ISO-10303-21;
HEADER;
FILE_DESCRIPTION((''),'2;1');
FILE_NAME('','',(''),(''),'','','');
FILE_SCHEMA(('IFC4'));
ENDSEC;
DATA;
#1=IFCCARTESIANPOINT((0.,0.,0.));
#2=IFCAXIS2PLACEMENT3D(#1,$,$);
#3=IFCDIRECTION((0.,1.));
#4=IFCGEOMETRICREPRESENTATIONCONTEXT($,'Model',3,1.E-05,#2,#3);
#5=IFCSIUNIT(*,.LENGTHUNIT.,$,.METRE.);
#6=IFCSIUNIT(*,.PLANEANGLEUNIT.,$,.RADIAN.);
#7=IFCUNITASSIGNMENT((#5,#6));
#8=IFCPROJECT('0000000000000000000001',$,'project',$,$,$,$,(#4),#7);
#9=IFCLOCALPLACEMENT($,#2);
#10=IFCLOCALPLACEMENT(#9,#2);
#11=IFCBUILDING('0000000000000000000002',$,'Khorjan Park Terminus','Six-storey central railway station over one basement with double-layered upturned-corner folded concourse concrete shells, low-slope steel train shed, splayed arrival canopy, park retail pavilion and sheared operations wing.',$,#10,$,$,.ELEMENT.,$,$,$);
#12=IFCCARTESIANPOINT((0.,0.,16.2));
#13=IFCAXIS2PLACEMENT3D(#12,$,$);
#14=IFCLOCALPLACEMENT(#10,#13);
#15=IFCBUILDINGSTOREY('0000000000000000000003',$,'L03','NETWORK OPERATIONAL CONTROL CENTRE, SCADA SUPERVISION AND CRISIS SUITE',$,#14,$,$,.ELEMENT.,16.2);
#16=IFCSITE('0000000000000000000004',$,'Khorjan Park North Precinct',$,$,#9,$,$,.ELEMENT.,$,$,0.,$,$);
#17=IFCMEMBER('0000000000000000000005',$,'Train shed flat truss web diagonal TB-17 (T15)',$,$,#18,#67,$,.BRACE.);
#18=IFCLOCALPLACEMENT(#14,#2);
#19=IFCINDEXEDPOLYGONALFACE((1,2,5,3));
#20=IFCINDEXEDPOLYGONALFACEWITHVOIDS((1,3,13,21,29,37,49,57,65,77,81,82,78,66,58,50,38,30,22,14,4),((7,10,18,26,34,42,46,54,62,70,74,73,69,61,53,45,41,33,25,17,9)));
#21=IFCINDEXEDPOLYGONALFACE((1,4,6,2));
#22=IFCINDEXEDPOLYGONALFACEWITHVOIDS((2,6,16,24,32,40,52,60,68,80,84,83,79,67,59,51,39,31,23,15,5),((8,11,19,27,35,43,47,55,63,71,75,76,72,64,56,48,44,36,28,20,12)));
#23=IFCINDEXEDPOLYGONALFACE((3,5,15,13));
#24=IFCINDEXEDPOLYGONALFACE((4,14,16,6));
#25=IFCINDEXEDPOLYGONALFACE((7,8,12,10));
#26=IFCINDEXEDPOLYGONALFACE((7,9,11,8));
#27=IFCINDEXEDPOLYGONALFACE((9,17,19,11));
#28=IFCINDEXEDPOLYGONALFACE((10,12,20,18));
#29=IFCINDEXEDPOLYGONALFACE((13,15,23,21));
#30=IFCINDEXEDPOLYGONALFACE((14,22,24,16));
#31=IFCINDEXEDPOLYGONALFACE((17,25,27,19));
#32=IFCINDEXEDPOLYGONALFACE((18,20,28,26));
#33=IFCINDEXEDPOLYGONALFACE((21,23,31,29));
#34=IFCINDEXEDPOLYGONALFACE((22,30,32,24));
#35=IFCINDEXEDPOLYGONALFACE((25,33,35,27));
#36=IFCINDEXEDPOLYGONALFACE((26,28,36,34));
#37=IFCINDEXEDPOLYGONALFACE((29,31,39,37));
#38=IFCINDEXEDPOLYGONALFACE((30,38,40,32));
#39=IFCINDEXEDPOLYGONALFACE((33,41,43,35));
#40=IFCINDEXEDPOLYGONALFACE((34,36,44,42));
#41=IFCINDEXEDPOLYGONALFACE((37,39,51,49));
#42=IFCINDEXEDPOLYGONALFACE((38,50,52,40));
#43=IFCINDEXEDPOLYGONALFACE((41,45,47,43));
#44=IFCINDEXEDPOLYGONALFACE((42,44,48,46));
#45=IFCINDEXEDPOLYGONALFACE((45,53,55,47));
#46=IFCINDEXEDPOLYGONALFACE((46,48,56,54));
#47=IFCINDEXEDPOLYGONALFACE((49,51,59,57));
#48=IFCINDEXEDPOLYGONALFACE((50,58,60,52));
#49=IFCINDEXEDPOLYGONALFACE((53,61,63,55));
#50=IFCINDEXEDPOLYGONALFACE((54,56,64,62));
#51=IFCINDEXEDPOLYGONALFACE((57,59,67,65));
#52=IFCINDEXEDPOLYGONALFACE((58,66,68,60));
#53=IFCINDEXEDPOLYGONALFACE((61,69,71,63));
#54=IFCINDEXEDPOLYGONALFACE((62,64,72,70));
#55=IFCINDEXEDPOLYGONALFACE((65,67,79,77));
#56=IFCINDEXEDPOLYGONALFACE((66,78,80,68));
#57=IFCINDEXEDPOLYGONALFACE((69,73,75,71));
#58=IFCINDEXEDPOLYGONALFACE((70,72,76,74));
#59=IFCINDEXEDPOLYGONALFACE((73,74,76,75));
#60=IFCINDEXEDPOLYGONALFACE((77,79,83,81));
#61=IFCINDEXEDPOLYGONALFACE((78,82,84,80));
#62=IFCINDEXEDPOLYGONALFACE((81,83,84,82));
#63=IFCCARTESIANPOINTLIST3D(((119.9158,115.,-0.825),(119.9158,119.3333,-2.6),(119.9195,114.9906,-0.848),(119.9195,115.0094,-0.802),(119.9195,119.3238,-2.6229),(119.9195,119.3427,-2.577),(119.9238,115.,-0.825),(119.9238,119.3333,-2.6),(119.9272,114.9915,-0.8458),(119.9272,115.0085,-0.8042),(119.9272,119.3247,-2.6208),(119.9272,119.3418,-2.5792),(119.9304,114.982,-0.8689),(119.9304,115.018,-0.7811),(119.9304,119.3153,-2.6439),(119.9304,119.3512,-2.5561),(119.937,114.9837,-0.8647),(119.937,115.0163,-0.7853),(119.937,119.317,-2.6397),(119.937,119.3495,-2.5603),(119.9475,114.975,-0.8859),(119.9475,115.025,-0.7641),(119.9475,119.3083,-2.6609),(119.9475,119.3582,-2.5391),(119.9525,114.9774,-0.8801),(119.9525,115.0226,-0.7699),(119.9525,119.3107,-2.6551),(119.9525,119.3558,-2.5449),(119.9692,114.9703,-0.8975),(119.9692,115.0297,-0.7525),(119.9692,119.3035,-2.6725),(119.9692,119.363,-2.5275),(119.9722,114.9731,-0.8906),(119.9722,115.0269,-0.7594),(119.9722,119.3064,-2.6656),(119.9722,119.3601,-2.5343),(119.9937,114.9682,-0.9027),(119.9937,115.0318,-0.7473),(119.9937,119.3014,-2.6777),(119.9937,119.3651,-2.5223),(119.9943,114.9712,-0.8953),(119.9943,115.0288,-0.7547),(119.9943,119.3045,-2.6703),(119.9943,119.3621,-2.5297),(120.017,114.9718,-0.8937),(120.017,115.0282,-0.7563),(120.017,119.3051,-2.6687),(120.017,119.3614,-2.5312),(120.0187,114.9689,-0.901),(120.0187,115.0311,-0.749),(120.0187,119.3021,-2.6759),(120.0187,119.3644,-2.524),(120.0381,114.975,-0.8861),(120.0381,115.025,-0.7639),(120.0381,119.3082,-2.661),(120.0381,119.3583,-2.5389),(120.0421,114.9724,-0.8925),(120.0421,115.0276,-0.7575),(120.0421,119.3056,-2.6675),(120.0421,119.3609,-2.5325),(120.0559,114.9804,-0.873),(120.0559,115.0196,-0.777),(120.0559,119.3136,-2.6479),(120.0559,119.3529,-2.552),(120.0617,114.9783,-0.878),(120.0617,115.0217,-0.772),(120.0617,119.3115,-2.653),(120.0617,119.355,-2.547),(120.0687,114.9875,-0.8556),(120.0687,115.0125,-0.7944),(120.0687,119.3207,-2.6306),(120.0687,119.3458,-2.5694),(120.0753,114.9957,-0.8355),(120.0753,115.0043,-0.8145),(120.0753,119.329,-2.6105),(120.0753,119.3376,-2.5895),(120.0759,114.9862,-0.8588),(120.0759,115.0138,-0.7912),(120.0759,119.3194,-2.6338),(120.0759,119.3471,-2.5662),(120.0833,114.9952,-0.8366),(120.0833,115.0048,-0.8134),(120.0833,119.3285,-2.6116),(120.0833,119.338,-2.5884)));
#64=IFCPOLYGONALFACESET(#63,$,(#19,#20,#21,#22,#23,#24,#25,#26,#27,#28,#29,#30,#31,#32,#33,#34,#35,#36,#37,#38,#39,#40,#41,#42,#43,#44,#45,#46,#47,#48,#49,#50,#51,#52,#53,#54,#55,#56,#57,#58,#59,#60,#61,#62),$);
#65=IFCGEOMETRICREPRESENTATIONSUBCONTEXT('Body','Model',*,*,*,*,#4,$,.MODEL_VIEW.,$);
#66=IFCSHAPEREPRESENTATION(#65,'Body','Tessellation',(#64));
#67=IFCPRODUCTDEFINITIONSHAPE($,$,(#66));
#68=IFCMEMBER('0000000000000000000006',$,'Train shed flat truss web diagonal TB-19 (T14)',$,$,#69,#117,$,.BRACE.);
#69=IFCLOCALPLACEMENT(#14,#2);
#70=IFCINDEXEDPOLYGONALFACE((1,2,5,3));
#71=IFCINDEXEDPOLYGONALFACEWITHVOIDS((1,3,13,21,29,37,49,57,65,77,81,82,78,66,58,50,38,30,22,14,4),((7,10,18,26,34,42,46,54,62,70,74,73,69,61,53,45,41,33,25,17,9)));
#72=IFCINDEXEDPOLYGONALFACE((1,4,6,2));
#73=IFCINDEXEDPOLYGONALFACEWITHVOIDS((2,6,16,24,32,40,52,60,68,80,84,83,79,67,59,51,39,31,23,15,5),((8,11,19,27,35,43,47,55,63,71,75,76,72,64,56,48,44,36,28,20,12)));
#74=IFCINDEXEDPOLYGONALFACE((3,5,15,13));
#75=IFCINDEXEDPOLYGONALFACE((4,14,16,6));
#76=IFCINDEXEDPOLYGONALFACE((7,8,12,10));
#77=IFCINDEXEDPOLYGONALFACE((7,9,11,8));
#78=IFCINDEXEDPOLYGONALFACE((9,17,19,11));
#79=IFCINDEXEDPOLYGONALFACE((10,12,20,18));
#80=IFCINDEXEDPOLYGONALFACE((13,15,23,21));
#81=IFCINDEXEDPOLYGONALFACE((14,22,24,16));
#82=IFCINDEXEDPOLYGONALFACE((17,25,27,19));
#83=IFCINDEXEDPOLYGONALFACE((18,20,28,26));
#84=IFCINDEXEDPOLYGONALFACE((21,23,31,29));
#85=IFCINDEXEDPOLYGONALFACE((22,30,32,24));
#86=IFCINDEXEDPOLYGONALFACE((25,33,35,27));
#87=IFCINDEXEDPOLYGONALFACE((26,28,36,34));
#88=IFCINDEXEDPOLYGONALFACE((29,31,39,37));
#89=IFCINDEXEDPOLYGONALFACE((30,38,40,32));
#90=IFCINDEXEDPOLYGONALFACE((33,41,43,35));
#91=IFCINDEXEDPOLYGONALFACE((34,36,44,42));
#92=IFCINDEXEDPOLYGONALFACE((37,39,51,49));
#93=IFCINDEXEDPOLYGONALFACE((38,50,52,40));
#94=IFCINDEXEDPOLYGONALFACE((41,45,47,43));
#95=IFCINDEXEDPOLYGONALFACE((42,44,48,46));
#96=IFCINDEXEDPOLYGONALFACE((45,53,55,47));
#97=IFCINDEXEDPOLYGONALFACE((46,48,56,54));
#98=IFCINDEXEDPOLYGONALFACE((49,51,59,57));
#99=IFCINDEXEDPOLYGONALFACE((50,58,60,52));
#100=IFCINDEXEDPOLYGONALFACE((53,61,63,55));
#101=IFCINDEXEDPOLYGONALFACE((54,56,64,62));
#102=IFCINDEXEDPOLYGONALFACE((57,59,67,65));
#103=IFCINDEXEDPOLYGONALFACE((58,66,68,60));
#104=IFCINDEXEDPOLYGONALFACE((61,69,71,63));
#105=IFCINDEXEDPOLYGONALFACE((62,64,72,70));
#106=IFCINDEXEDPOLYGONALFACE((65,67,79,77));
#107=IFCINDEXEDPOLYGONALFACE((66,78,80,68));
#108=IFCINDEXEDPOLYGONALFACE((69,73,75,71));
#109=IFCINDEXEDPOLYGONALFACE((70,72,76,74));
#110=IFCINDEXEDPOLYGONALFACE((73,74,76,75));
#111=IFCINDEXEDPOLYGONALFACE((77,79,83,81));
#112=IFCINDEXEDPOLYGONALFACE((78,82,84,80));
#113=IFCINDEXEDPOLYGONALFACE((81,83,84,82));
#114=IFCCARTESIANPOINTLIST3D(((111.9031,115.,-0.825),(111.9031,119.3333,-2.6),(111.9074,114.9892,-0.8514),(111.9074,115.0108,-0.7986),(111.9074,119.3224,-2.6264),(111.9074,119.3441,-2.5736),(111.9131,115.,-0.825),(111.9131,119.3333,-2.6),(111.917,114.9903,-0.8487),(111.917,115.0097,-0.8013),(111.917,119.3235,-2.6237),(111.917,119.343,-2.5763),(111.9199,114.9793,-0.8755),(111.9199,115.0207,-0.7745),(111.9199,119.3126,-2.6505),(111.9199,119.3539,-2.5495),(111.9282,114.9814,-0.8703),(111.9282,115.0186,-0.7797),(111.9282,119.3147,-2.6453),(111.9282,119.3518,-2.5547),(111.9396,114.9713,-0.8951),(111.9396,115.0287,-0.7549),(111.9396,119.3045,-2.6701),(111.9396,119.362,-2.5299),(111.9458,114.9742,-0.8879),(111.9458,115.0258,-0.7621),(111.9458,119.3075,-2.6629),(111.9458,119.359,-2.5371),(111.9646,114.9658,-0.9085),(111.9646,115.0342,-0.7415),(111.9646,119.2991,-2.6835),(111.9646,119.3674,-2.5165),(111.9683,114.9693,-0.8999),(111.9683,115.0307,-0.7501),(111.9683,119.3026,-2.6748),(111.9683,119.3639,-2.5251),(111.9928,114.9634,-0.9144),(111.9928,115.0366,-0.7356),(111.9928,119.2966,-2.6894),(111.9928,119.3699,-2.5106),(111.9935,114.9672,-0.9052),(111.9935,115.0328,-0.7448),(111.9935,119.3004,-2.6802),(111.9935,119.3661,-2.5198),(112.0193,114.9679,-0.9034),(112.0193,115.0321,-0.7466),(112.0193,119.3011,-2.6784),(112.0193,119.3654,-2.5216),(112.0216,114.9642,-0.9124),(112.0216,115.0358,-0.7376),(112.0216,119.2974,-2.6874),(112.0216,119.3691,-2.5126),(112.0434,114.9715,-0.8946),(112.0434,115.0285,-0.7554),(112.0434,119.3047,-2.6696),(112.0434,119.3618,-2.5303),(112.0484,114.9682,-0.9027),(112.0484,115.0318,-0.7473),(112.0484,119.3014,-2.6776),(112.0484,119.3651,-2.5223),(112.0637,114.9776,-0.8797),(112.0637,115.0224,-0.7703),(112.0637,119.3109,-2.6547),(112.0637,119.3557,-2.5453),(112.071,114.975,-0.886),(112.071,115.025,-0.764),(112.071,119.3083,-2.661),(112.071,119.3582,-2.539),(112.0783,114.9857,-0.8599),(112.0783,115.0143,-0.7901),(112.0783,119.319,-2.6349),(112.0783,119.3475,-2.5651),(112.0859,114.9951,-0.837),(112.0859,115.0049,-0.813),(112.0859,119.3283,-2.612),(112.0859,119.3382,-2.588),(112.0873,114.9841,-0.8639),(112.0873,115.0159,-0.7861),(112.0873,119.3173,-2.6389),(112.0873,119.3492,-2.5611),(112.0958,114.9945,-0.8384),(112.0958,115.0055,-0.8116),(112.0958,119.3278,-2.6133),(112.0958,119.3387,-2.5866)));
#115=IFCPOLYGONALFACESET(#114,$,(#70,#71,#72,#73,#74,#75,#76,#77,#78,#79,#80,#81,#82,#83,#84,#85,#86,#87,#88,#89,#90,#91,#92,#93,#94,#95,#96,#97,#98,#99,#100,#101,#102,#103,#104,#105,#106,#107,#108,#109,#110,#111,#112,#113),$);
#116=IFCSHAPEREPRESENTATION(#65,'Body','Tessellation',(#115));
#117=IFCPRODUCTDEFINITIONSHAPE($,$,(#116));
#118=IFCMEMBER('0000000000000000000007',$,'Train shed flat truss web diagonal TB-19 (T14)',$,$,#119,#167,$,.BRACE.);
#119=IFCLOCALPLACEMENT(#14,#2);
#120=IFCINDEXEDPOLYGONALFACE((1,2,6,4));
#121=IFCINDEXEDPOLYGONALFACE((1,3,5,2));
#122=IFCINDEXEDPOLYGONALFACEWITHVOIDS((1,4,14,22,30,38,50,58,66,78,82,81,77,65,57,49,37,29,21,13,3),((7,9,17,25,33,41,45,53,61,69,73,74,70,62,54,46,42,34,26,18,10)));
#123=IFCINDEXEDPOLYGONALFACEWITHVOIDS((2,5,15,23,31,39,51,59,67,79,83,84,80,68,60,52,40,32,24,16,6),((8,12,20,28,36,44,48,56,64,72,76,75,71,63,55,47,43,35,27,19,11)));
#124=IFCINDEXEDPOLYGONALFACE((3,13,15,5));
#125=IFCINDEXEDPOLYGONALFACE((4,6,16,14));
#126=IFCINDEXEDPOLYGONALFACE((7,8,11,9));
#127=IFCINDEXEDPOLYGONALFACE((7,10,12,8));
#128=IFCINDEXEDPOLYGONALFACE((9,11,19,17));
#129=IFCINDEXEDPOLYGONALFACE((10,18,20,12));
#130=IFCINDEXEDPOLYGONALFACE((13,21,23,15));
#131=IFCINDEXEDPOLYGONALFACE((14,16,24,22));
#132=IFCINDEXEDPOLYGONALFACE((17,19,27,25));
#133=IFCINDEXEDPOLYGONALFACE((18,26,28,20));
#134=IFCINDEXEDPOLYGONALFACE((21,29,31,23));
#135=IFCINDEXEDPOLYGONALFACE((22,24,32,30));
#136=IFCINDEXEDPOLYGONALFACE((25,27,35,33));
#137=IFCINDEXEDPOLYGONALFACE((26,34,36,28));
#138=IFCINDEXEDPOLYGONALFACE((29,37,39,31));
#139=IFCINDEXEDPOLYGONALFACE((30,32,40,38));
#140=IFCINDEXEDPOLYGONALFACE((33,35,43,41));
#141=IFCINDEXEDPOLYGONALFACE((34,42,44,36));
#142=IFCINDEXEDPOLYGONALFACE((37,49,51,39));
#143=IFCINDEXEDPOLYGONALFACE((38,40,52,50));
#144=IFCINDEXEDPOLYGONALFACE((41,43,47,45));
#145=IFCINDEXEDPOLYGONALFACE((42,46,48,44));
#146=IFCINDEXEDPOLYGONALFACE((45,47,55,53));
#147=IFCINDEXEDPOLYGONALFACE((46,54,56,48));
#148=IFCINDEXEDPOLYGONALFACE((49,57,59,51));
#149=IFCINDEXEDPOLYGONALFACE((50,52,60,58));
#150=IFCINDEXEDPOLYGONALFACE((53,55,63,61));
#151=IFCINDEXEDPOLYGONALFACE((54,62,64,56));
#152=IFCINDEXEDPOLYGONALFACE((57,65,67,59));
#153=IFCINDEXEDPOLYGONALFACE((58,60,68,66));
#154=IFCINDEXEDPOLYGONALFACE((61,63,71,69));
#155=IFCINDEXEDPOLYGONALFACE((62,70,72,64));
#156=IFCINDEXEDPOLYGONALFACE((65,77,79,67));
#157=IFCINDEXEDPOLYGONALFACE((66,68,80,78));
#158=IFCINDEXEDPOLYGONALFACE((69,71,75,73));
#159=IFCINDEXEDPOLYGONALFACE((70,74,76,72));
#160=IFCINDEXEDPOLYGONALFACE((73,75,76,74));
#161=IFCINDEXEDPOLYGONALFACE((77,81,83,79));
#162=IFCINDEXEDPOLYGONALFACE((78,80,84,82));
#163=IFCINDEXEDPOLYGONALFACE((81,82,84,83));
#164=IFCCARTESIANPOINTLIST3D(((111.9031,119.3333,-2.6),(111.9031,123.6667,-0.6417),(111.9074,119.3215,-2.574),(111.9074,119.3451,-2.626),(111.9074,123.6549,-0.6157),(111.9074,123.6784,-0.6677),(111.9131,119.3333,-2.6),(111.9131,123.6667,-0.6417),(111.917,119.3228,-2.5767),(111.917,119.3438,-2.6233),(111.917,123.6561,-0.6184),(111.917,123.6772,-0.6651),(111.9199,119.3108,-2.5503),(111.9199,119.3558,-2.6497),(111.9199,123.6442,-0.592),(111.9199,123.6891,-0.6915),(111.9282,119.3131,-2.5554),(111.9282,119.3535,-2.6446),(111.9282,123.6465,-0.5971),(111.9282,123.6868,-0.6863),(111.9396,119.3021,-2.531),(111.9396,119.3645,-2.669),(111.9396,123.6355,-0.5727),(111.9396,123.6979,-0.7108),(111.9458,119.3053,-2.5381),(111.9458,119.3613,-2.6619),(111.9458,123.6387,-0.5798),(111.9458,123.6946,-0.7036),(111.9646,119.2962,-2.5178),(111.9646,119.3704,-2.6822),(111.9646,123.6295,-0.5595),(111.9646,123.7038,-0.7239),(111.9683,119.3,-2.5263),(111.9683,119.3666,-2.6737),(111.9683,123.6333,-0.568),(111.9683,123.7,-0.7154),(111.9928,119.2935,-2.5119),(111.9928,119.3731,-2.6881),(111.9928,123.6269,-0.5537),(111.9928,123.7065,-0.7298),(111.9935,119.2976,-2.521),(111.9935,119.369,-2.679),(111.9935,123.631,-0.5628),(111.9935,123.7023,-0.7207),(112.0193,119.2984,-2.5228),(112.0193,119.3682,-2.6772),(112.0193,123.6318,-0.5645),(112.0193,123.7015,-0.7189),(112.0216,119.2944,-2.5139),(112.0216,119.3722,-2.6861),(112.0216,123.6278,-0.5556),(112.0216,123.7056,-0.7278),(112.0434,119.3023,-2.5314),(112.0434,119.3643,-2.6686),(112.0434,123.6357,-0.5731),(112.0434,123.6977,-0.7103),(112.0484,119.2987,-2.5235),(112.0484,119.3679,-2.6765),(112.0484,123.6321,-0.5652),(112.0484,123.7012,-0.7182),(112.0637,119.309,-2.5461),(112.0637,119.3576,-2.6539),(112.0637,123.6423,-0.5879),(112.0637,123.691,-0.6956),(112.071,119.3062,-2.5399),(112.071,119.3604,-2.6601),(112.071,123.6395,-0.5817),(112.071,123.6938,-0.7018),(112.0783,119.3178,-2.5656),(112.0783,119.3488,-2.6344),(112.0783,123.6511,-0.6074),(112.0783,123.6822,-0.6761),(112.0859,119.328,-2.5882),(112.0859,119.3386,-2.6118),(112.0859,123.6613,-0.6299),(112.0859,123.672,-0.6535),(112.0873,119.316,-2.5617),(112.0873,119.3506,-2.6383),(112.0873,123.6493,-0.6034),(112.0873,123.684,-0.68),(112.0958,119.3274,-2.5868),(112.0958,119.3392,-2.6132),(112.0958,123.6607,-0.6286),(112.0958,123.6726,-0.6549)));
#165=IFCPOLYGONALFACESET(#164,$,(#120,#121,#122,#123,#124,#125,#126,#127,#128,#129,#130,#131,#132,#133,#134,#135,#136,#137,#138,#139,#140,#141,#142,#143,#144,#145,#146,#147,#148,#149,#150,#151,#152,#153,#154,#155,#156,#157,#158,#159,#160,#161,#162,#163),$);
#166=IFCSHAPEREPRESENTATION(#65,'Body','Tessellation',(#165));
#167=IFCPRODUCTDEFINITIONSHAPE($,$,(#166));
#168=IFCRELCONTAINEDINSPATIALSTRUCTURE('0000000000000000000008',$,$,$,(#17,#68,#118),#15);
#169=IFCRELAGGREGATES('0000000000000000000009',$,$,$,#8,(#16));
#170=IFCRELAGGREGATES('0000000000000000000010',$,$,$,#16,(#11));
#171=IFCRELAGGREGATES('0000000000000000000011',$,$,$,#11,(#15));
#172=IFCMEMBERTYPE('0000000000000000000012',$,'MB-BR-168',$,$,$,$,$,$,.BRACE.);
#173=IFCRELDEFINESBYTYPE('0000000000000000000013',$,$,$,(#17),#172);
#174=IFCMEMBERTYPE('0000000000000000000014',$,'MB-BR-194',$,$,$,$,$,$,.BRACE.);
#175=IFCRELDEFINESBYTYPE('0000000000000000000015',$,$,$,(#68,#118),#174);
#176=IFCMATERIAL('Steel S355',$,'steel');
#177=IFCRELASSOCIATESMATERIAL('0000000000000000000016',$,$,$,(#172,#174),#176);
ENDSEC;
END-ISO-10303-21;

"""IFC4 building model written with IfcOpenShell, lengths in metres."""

from ifc_helpers import new_model, si_unit, direction, frame, origin, origin_2d, place, context, subcontext, project, spatial, hollow_circle, extrude, material, material_profile, profile_set, type_object, element, save


model = new_model("IFC4")

# Units and contexts
model_context = context("Model", 3, precision=1e-05, world=origin(), true_north=direction((0.0, 1.0)))
body_context = subcontext(model_context, "Body", "Model", "MODEL_VIEW")
ifc_project = project(units=[si_unit("LENGTHUNIT", "METRE"), si_unit("PLANEANGLEUNIT", "RADIAN")], contexts=[model_context])

# Site, building, storey
site_placement = place(None, origin())
site = spatial("IfcSite", under=ifc_project, at=site_placement, Name="Khorjan Park North Precinct", CompositionType="ELEMENT", RefElevation=0.0)
building_placement = place(site_placement, origin())
building = spatial("IfcBuilding", under=site, at=building_placement, Name="Khorjan Park Terminus", Description="Six-storey central railway station over one basement with double-layered upturned-corner folded concourse concrete shells, low-slope steel train shed, splayed arrival canopy, park retail pavilion and sheared operations wing.", CompositionType="ELEMENT")
storey_placement = place(building_placement, frame((0.0, 0.0, 16.2)))
storey = spatial("IfcBuildingStorey", under=building, at=storey_placement, Name="L03", Description="NETWORK OPERATIONAL CONTROL CENTRE, SCADA SUPERVISION AND CRISIS SUITE", CompositionType="ELEMENT", Elevation=16.2)

# Members
ifc_material = material(Name="Steel S355", Category="steel")
ifc_material_profile_1 = material_profile(ifc_material, hollow_circle(Radius=0.0842, WallThickness=0.008, at=origin_2d()), Name="CHS 168.3x8")
ifc_profile_set_1 = profile_set([ifc_material_profile_1], Name="Steel S355")
member_type_1 = type_object("IfcMemberType", Name="MB-BR-168", PredefinedType="BRACE", material=ifc_profile_set_1)
member_1_placement = place(storey_placement, frame((120.0, 115.0, -0.825), z_axis=(0.0, 0.925376, -0.379051), x_axis=(-1.0, 0.0, 0.0)))
element("IfcMember", 1, at=member_1_placement, inside=storey, type_object=member_type_1, Name="Train shed flat truss web diagonal TB-17 (T15)", PredefinedType="BRACE", context=body_context, shape_type="SweptSolid", body=[
    extrude(hollow_circle(Radius=0.0842, WallThickness=0.008, at=origin_2d()), origin(), (0.0, 0.0, 1.0), 4.6827),
])
ifc_material_profile_2 = material_profile(ifc_material, hollow_circle(Radius=0.0969, WallThickness=0.01, at=origin_2d()), Name="CHS 193.7x10")
ifc_profile_set_2 = profile_set([ifc_material_profile_2], Name="Steel S355")
member_type_2 = type_object("IfcMemberType", Name="MB-BR-194", PredefinedType="BRACE", material=ifc_profile_set_2)
member_2_placement = place(storey_placement, frame((112.0, 115.0, -0.825), z_axis=(0.0, 0.925376, -0.379051), x_axis=(-1.0, 0.0, 0.0)))
element("IfcMember", 2, at=member_2_placement, inside=storey, type_object=member_type_2, Name="Train shed flat truss web diagonal TB-19 (T14)", PredefinedType="BRACE", context=body_context, shape_type="SweptSolid", body=[
    extrude(hollow_circle(Radius=0.0969, WallThickness=0.01, at=origin_2d()), origin(), (0.0, 0.0, 1.0), 4.6827),
])
for number, where, z_axis, x_axis, name in (
    (3, (112.0, 119.3333, -2.6), (0.0, 0.91127, 0.41181), (-1.0, 0.0, 0.0), "Train shed flat truss web diagonal TB-19 (T14)"),
):
    element("IfcMember", number, at=place(storey_placement, frame(where, z_axis=z_axis, x_axis=x_axis)), inside=storey, type_object=member_type_2, Name=name, PredefinedType="BRACE", context=body_context, shape_type="SweptSolid", body=[
        extrude(hollow_circle(Radius=0.0969, WallThickness=0.01, at=origin_2d()), origin(), (0.0, 0.0, 1.0), 4.7553),
    ])

save(model, "model.ifc")
